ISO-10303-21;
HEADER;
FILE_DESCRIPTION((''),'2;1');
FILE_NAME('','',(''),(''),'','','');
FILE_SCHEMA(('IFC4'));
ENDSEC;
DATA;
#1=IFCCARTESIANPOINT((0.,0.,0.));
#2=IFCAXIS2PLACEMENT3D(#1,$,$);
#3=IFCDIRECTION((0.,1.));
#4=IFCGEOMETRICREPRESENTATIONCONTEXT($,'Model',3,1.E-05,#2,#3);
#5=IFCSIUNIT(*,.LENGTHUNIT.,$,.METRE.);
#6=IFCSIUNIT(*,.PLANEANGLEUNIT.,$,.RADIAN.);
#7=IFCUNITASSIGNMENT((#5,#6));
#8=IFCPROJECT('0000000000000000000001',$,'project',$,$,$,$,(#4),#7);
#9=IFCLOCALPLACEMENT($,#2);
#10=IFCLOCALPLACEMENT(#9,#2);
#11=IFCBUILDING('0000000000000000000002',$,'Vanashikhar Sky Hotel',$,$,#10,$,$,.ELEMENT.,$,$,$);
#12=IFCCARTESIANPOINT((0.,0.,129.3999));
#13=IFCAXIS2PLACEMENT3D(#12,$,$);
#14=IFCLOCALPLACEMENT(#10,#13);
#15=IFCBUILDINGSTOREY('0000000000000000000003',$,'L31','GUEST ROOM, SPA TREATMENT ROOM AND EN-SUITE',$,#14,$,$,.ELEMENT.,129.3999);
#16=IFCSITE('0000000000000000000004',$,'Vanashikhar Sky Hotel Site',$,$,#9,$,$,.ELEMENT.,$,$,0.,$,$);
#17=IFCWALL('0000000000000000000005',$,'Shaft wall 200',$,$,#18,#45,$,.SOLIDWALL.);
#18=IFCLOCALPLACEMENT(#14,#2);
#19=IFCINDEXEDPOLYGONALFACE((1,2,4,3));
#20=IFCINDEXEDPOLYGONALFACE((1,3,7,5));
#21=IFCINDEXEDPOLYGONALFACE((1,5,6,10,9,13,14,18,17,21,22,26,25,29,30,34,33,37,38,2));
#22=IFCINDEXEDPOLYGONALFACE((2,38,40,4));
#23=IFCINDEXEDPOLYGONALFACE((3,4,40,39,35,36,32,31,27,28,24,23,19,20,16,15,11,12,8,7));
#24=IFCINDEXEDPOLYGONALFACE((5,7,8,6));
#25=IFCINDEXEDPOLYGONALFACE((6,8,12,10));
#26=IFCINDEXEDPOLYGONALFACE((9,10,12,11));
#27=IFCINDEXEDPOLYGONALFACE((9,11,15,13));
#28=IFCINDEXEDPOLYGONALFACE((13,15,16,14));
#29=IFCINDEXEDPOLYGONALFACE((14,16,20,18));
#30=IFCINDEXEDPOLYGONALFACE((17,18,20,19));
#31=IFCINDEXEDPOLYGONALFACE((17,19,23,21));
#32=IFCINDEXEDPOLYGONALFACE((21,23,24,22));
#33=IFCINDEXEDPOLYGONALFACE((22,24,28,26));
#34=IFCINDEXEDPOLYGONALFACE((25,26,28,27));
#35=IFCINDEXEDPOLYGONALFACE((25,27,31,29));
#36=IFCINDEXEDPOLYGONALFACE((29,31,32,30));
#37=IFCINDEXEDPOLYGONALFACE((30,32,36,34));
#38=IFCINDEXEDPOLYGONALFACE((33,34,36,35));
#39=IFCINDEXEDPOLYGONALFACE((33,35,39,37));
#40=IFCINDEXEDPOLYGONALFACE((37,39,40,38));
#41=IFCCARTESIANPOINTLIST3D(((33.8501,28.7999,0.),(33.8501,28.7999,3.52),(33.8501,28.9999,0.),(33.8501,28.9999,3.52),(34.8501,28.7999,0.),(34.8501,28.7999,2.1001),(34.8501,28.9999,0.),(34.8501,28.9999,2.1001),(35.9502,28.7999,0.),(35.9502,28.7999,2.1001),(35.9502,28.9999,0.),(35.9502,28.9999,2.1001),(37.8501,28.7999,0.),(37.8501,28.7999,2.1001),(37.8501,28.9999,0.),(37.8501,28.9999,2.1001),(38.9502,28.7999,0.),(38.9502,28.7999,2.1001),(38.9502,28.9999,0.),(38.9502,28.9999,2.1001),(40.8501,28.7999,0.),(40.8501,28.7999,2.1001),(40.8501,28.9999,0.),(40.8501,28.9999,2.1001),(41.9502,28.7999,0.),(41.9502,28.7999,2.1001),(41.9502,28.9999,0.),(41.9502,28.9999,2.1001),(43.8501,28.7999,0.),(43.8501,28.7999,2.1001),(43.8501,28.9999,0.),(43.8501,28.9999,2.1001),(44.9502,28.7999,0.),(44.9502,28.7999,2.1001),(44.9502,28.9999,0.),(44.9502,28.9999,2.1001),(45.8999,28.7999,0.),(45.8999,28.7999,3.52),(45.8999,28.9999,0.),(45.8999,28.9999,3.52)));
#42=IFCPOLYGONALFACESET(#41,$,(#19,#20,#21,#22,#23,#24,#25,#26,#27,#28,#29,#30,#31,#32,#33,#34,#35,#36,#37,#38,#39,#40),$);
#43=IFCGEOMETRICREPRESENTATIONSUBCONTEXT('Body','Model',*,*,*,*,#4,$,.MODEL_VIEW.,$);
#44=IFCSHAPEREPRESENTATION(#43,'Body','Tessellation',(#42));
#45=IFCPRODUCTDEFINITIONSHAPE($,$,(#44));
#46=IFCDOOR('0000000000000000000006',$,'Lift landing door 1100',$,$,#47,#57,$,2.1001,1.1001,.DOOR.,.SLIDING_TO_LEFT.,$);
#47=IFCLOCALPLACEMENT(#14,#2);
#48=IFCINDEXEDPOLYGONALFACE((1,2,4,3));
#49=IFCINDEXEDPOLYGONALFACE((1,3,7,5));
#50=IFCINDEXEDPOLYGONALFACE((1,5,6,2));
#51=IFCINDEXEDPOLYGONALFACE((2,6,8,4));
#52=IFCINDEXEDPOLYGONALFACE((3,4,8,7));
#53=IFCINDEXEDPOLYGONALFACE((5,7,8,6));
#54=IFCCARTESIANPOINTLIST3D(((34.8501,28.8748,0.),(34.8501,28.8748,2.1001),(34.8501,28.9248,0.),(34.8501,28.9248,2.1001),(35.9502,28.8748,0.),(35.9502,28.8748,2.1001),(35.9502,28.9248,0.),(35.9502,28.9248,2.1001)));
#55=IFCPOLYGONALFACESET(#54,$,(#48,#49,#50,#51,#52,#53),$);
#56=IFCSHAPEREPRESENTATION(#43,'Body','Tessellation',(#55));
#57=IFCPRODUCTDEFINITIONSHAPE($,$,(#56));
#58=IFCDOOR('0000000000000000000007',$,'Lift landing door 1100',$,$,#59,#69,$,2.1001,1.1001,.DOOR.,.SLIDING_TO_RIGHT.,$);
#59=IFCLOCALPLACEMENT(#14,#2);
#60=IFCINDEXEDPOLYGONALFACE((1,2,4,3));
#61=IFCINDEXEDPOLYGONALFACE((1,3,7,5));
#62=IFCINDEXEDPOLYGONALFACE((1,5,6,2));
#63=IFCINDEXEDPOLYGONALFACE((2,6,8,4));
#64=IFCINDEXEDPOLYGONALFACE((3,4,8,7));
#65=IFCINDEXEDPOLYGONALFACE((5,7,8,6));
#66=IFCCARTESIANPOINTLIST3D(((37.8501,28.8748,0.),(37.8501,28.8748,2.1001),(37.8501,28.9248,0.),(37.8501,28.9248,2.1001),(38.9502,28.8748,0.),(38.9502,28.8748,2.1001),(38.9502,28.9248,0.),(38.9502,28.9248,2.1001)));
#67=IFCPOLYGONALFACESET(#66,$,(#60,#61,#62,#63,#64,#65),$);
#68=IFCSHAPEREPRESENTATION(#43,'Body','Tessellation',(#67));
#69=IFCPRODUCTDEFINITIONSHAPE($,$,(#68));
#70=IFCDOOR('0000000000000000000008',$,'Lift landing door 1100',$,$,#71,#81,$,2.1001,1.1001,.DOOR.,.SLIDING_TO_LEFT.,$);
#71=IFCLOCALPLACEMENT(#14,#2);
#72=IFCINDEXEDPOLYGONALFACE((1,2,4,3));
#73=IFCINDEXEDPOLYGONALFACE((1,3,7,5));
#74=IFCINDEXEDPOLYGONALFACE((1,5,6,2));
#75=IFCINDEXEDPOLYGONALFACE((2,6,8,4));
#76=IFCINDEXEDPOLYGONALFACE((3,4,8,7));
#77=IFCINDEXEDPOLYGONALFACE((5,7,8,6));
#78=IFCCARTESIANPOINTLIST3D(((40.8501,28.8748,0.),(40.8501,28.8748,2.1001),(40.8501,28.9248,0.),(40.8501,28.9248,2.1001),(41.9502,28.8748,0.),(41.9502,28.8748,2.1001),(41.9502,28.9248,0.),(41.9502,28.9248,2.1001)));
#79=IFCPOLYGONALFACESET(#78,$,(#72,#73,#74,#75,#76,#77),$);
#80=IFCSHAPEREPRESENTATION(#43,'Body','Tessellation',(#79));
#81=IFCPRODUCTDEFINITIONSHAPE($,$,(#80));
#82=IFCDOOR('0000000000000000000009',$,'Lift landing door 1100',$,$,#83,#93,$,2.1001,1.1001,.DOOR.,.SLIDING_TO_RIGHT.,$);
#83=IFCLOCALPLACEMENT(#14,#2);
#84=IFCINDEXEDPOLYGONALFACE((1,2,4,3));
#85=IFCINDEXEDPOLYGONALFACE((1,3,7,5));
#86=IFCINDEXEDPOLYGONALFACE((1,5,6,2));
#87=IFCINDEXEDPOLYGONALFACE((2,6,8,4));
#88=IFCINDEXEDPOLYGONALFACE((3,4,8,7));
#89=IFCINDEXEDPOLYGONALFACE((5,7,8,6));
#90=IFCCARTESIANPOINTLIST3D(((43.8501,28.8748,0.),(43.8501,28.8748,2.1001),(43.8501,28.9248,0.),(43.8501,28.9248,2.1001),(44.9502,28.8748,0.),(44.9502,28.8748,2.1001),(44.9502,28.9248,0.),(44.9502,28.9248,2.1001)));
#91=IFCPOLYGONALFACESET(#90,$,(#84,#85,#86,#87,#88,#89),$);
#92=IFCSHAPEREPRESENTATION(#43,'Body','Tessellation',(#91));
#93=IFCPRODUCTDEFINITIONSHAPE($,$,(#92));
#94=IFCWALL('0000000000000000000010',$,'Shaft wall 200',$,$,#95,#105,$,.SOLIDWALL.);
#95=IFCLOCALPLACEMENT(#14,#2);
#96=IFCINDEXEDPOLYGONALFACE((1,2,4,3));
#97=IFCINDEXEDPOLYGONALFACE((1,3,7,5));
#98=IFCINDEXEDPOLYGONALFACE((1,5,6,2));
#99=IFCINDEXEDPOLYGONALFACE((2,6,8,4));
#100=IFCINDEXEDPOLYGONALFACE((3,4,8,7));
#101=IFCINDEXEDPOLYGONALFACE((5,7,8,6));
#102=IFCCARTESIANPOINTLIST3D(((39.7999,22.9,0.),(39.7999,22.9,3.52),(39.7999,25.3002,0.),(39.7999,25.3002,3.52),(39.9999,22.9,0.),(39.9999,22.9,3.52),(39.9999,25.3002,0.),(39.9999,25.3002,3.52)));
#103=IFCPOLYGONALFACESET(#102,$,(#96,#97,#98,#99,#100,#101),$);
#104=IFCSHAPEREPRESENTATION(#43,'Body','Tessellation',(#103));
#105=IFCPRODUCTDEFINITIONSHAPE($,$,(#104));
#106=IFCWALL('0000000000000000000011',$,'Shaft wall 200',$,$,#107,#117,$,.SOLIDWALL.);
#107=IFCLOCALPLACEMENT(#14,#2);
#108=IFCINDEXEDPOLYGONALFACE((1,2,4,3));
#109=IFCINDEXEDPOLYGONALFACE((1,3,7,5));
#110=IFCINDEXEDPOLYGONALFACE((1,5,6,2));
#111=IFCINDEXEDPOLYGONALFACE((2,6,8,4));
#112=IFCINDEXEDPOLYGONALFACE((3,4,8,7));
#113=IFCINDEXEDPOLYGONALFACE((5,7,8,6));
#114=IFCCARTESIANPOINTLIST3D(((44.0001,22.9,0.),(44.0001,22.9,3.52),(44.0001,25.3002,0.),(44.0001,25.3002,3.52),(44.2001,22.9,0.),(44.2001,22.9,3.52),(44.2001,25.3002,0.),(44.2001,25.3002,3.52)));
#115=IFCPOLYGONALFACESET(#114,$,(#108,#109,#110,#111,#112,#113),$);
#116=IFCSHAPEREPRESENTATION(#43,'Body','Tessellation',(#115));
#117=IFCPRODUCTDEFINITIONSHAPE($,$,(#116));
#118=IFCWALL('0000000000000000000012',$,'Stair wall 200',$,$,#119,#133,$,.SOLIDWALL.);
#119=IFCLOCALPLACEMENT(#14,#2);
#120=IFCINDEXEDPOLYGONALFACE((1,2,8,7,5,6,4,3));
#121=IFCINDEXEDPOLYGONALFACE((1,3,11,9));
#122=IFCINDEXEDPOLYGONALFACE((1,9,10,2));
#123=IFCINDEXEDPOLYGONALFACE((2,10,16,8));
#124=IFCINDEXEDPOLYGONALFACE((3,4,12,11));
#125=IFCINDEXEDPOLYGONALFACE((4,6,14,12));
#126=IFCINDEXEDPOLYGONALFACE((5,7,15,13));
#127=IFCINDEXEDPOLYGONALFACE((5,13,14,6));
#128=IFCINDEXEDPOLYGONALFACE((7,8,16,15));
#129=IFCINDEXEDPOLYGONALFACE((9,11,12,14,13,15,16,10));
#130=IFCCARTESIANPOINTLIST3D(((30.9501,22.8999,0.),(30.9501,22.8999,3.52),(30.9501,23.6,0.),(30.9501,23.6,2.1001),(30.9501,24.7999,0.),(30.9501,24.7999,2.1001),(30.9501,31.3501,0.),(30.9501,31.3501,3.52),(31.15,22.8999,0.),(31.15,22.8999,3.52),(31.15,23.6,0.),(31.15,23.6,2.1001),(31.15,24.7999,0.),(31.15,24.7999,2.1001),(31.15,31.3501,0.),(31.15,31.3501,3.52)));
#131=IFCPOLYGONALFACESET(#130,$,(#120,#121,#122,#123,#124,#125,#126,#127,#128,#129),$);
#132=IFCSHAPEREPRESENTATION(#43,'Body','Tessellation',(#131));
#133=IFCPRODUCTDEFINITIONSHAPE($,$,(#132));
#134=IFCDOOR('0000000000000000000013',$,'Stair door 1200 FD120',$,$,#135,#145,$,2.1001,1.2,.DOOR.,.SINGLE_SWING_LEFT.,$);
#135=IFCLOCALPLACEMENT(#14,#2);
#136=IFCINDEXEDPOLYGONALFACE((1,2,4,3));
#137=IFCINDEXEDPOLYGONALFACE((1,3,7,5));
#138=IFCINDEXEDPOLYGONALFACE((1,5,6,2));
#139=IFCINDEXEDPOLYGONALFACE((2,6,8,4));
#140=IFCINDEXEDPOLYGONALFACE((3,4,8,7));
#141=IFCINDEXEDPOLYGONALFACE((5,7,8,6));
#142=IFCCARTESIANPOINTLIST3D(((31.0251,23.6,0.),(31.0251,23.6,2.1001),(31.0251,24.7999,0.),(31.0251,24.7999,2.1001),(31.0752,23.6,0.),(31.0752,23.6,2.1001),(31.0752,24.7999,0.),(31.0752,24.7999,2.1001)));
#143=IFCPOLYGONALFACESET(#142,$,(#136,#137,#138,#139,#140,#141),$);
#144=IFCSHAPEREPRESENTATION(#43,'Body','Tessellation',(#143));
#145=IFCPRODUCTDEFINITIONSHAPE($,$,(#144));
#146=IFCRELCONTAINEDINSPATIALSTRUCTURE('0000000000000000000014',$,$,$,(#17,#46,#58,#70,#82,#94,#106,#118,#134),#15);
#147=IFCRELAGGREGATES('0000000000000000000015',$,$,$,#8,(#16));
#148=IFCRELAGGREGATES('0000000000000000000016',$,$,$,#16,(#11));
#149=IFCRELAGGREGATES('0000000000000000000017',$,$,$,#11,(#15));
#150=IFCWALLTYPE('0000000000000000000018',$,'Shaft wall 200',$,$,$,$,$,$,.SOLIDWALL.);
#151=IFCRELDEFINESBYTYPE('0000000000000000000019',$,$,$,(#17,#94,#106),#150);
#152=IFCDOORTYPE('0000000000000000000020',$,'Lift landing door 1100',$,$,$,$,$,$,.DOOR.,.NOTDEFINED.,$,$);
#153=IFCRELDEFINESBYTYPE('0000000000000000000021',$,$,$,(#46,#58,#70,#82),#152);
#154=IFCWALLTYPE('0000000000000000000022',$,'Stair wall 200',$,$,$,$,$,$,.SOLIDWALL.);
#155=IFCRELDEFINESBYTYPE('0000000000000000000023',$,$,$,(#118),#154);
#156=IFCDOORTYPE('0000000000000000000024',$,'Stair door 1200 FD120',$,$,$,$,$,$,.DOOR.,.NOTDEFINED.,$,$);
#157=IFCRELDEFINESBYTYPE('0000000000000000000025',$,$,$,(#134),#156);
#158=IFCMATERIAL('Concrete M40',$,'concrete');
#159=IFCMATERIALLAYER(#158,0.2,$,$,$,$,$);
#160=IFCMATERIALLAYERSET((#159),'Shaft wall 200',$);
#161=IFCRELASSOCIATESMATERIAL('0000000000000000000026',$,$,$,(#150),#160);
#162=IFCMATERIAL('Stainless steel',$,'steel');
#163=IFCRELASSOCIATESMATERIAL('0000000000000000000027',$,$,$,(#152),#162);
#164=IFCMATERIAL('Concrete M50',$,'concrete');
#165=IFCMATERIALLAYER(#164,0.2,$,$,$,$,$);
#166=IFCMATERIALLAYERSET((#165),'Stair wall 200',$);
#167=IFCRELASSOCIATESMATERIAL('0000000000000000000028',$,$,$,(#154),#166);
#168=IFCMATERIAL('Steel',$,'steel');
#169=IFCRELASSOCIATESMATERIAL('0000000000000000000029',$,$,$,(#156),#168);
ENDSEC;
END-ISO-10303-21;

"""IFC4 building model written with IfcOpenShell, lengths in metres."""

from ifc_helpers import new_model, si_unit, direction, frame, frame_2d, origin, place, context, subcontext, project, spatial, rectangle, extrude, source, transform, mapped, material, layer, layer_set, type_object, element, fill, save


model = new_model("IFC4")

# Units and contexts
model_context = context("Model", 3, precision=1e-05, world=origin(), true_north=direction((0.0, 1.0)))
body_context = subcontext(model_context, "Body", "Model", "MODEL_VIEW")
ifc_project = project(units=[si_unit("LENGTHUNIT", "METRE"), si_unit("PLANEANGLEUNIT", "RADIAN")], contexts=[model_context])

# Site, building, storey
site_placement = place(None, origin())
site = spatial("IfcSite", under=ifc_project, at=site_placement, Name="Vanashikhar Sky Hotel Site", CompositionType="ELEMENT", RefElevation=0.0)
building_placement = place(site_placement, origin())
building = spatial("IfcBuilding", under=site, at=building_placement, Name="Vanashikhar Sky Hotel", CompositionType="ELEMENT")
storey_placement = place(building_placement, frame((0.0, 0.0, 129.3999)))
storey = spatial("IfcBuildingStorey", under=building, at=storey_placement, Name="L31", Description="GUEST ROOM, SPA TREATMENT ROOM AND EN-SUITE", CompositionType="ELEMENT", Elevation=129.3999)

# Shared definitions
ifc_material_1 = material(Name="Steel", Category="steel")
shared_shape_1 = source(origin(), body_context, "Body", "SweptSolid", [
    extrude(rectangle(XDim=1.1001, YDim=2.1001, at=frame_2d((0.55, 1.05))), frame((0.0, 0.0249, 0.0), z_axis=(0.0, -1.0, 0.0), x_axis=(1.0, 0.0, 0.0)), (0.0, 0.0, 1.0), 0.05),
])

# Wall, openings, doors
ifc_material_2 = material(Name="Concrete M40", Category="concrete")
ifc_layer_1 = layer(ifc_material_2, 0.2)
ifc_layer_set_1 = layer_set([ifc_layer_1], Name="Shaft wall 200")
wall_type_1 = type_object("IfcWallType", Name="Shaft wall 200", PredefinedType="SOLIDWALL", material=ifc_layer_set_1)
shared_shape_2 = source(origin(), body_context, "Body", "SweptSolid", [
    extrude(rectangle(XDim=1.1001, YDim=2.1001, at=frame_2d((0.55, 1.05))), frame((0.0, 0.1099, 0.0), z_axis=(0.0, -1.0, 0.0), x_axis=(1.0, 0.0, 0.0)), (0.0, 0.0, 1.0), 0.22),
])
ifc_material_3 = material(Name="Stainless steel", Category="steel")
door_type_1 = type_object("IfcDoorType", Name="Lift landing door 1100", OperationType="NOTDEFINED", PredefinedType="DOOR", material=ifc_material_3)
shared_shape_3 = source(origin(), body_context, "Body", "SweptSolid", [
    extrude(rectangle(XDim=12.0498, YDim=0.2, at=frame_2d((6.0249, 0.0))), origin(), (0.0, 0.0, 1.0), 3.52),
])
wall_1_placement = place(storey_placement, frame((33.8501, 28.8999, 0.0), z_axis=(0.0, 0.0, 1.0), x_axis=(1.0, 0.0, 0.0)))
wall_1 = element("IfcWall", 1, at=wall_1_placement, inside=storey, type_object=wall_type_1, Name="Shaft wall 200", PredefinedType="SOLIDWALL", context=body_context, shape_type="MappedRepresentation", body=[
    mapped(shared_shape_3, transform((0.0, 0.0, 0.0), scale=1.0)),
])
opening_1_placement = place(wall_1_placement, frame((1.0, 0.0, 0.0)))
opening_1 = element("IfcOpeningElement", 2, at=opening_1_placement, cuts=wall_1, PredefinedType="OPENING", context=body_context, shape_type="MappedRepresentation", body=[
    mapped(shared_shape_2, transform((0.0, 0.0, 0.0), scale=1.0)),
])
opening_2_placement = place(wall_1_placement, frame((4.0, 0.0, 0.0)))
opening_2 = element("IfcOpeningElement", 3, at=opening_2_placement, cuts=wall_1, PredefinedType="OPENING", context=body_context, shape_type="MappedRepresentation", body=[
    mapped(shared_shape_2, transform((0.0, 0.0, 0.0), scale=1.0)),
])
opening_3_placement = place(wall_1_placement, frame((7.0, 0.0, 0.0)))
opening_3 = element("IfcOpeningElement", 4, at=opening_3_placement, cuts=wall_1, PredefinedType="OPENING", context=body_context, shape_type="MappedRepresentation", body=[
    mapped(shared_shape_2, transform((0.0, 0.0, 0.0), scale=1.0)),
])
opening_4_placement = place(wall_1_placement, frame((10.0, 0.0, 0.0)))
opening_4 = element("IfcOpeningElement", 5, at=opening_4_placement, cuts=wall_1, PredefinedType="OPENING", context=body_context, shape_type="MappedRepresentation", body=[
    mapped(shared_shape_2, transform((0.0, 0.0, 0.0), scale=1.0)),
])
door_1_placement = place(opening_1_placement, origin())
door_1 = element("IfcDoor", 6, at=door_1_placement, inside=storey, type_object=door_type_1, Name="Lift landing door 1100", OperationType="SLIDING_TO_LEFT", OverallHeight=2.1001, OverallWidth=1.1001, PredefinedType="DOOR", context=body_context, shape_type="MappedRepresentation", body=[
    mapped(shared_shape_1, transform((0.0, 0.0, 0.0), scale=1.0)),
])
fill(opening_1, door_1)
door_2_placement = place(opening_2_placement, origin())
door_2 = element("IfcDoor", 7, at=door_2_placement, inside=storey, type_object=door_type_1, Name="Lift landing door 1100", OperationType="SLIDING_TO_RIGHT", OverallHeight=2.1001, OverallWidth=1.1001, PredefinedType="DOOR", context=body_context, shape_type="MappedRepresentation", body=[
    mapped(shared_shape_1, transform((0.0, 0.0, 0.0), scale=1.0)),
])
fill(opening_2, door_2)
door_3_placement = place(opening_3_placement, origin())
door_3 = element("IfcDoor", 8, at=door_3_placement, inside=storey, type_object=door_type_1, Name="Lift landing door 1100", OperationType="SLIDING_TO_LEFT", OverallHeight=2.1001, OverallWidth=1.1001, PredefinedType="DOOR", context=body_context, shape_type="MappedRepresentation", body=[
    mapped(shared_shape_1, transform((0.0, 0.0, 0.0), scale=1.0)),
])
fill(opening_3, door_3)
door_4_placement = place(opening_4_placement, origin())
door_4 = element("IfcDoor", 9, at=door_4_placement, inside=storey, type_object=door_type_1, Name="Lift landing door 1100", OperationType="SLIDING_TO_RIGHT", OverallHeight=2.1001, OverallWidth=1.1001, PredefinedType="DOOR", context=body_context, shape_type="MappedRepresentation", body=[
    mapped(shared_shape_1, transform((0.0, 0.0, 0.0), scale=1.0)),
])
fill(opening_4, door_4)

# Walls
shared_shape_4 = source(origin(), body_context, "Body", "SweptSolid", [
    extrude(rectangle(XDim=2.4001, YDim=0.2, at=frame_2d((1.2002, 0.0))), origin(), (0.0, 0.0, 1.0), 3.52),
])
for number, where, z_axis, x_axis, name in (
    (10, (39.8999, 22.8999, 0.0), (0.0, 0.0, 1.0), (0.0, 1.0, 0.0), "Shaft wall 200"),
    (11, (44.1001, 22.8999, 0.0), (0.0, 0.0, 1.0), (0.0, 1.0, 0.0), "Shaft wall 200"),
):
    element("IfcWall", number, at=place(storey_placement, frame(where, z_axis=z_axis, x_axis=x_axis)), inside=storey, type_object=wall_type_1, Name=name, PredefinedType="SOLIDWALL", context=body_context, shape_type="MappedRepresentation", body=[
        mapped(shared_shape_4, transform((0.0, 0.0, 0.0), scale=1.0)),
    ])

# Wall, opening, door
ifc_material_4 = material(Name="Concrete M50", Category="concrete")
ifc_layer_2 = layer(ifc_material_4, 0.2)
ifc_layer_set_2 = layer_set([ifc_layer_2], Name="Stair wall 200")
wall_type_2 = type_object("IfcWallType", Name="Stair wall 200", PredefinedType="SOLIDWALL", material=ifc_layer_set_2)
shared_shape_5 = source(origin(), body_context, "Body", "SweptSolid", [
    extrude(rectangle(XDim=8.4502, YDim=0.2, at=frame_2d((4.2251, 0.0))), origin(), (0.0, 0.0, 1.0), 3.52),
])
wall_2_placement = place(storey_placement, frame((31.05, 22.8999, 0.0), z_axis=(0.0, 0.0, 1.0), x_axis=(0.0, 1.0, 0.0)))
wall_2 = element("IfcWall", 12, at=wall_2_placement, inside=storey, type_object=wall_type_2, Name="Stair wall 200", PredefinedType="SOLIDWALL", context=body_context, shape_type="MappedRepresentation", body=[
    mapped(shared_shape_5, transform((0.0, 0.0, 0.0), scale=1.0)),
])
shared_shape_6 = source(origin(), body_context, "Body", "SweptSolid", [
    extrude(rectangle(XDim=1.2, YDim=2.1001, at=frame_2d((0.6001, 1.05))), frame((0.0, 0.1099, 0.0), z_axis=(0.0, -1.0, 0.0), x_axis=(1.0, 0.0, 0.0)), (0.0, 0.0, 1.0), 0.22),
])
opening_5_placement = place(wall_2_placement, frame((0.7, 0.0, 0.0)))
opening_5 = element("IfcOpeningElement", 13, at=opening_5_placement, cuts=wall_2, PredefinedType="OPENING", context=body_context, shape_type="MappedRepresentation", body=[
    mapped(shared_shape_6, transform((0.0, 0.0, 0.0), scale=1.0)),
])
door_type_2 = type_object("IfcDoorType", Name="Stair door 1200 FD120", OperationType="NOTDEFINED", PredefinedType="DOOR", material=ifc_material_1)
shared_shape_7 = source(origin(), body_context, "Body", "SweptSolid", [
    extrude(rectangle(XDim=1.2, YDim=2.1001, at=frame_2d((0.6001, 1.05))), frame((0.0, 0.0249, 0.0), z_axis=(0.0, -1.0, 0.0), x_axis=(1.0, 0.0, 0.0)), (0.0, 0.0, 1.0), 0.05),
])
door_5_placement = place(opening_5_placement, origin())
door_5 = element("IfcDoor", 14, at=door_5_placement, inside=storey, type_object=door_type_2, Name="Stair door 1200 FD120", OperationType="SINGLE_SWING_LEFT", OverallHeight=2.1001, OverallWidth=1.2, PredefinedType="DOOR", context=body_context, shape_type="MappedRepresentation", body=[
    mapped(shared_shape_7, transform((0.0, 0.0, 0.0), scale=1.0)),
])
fill(opening_5, door_5)

save(model, "model.ifc")
